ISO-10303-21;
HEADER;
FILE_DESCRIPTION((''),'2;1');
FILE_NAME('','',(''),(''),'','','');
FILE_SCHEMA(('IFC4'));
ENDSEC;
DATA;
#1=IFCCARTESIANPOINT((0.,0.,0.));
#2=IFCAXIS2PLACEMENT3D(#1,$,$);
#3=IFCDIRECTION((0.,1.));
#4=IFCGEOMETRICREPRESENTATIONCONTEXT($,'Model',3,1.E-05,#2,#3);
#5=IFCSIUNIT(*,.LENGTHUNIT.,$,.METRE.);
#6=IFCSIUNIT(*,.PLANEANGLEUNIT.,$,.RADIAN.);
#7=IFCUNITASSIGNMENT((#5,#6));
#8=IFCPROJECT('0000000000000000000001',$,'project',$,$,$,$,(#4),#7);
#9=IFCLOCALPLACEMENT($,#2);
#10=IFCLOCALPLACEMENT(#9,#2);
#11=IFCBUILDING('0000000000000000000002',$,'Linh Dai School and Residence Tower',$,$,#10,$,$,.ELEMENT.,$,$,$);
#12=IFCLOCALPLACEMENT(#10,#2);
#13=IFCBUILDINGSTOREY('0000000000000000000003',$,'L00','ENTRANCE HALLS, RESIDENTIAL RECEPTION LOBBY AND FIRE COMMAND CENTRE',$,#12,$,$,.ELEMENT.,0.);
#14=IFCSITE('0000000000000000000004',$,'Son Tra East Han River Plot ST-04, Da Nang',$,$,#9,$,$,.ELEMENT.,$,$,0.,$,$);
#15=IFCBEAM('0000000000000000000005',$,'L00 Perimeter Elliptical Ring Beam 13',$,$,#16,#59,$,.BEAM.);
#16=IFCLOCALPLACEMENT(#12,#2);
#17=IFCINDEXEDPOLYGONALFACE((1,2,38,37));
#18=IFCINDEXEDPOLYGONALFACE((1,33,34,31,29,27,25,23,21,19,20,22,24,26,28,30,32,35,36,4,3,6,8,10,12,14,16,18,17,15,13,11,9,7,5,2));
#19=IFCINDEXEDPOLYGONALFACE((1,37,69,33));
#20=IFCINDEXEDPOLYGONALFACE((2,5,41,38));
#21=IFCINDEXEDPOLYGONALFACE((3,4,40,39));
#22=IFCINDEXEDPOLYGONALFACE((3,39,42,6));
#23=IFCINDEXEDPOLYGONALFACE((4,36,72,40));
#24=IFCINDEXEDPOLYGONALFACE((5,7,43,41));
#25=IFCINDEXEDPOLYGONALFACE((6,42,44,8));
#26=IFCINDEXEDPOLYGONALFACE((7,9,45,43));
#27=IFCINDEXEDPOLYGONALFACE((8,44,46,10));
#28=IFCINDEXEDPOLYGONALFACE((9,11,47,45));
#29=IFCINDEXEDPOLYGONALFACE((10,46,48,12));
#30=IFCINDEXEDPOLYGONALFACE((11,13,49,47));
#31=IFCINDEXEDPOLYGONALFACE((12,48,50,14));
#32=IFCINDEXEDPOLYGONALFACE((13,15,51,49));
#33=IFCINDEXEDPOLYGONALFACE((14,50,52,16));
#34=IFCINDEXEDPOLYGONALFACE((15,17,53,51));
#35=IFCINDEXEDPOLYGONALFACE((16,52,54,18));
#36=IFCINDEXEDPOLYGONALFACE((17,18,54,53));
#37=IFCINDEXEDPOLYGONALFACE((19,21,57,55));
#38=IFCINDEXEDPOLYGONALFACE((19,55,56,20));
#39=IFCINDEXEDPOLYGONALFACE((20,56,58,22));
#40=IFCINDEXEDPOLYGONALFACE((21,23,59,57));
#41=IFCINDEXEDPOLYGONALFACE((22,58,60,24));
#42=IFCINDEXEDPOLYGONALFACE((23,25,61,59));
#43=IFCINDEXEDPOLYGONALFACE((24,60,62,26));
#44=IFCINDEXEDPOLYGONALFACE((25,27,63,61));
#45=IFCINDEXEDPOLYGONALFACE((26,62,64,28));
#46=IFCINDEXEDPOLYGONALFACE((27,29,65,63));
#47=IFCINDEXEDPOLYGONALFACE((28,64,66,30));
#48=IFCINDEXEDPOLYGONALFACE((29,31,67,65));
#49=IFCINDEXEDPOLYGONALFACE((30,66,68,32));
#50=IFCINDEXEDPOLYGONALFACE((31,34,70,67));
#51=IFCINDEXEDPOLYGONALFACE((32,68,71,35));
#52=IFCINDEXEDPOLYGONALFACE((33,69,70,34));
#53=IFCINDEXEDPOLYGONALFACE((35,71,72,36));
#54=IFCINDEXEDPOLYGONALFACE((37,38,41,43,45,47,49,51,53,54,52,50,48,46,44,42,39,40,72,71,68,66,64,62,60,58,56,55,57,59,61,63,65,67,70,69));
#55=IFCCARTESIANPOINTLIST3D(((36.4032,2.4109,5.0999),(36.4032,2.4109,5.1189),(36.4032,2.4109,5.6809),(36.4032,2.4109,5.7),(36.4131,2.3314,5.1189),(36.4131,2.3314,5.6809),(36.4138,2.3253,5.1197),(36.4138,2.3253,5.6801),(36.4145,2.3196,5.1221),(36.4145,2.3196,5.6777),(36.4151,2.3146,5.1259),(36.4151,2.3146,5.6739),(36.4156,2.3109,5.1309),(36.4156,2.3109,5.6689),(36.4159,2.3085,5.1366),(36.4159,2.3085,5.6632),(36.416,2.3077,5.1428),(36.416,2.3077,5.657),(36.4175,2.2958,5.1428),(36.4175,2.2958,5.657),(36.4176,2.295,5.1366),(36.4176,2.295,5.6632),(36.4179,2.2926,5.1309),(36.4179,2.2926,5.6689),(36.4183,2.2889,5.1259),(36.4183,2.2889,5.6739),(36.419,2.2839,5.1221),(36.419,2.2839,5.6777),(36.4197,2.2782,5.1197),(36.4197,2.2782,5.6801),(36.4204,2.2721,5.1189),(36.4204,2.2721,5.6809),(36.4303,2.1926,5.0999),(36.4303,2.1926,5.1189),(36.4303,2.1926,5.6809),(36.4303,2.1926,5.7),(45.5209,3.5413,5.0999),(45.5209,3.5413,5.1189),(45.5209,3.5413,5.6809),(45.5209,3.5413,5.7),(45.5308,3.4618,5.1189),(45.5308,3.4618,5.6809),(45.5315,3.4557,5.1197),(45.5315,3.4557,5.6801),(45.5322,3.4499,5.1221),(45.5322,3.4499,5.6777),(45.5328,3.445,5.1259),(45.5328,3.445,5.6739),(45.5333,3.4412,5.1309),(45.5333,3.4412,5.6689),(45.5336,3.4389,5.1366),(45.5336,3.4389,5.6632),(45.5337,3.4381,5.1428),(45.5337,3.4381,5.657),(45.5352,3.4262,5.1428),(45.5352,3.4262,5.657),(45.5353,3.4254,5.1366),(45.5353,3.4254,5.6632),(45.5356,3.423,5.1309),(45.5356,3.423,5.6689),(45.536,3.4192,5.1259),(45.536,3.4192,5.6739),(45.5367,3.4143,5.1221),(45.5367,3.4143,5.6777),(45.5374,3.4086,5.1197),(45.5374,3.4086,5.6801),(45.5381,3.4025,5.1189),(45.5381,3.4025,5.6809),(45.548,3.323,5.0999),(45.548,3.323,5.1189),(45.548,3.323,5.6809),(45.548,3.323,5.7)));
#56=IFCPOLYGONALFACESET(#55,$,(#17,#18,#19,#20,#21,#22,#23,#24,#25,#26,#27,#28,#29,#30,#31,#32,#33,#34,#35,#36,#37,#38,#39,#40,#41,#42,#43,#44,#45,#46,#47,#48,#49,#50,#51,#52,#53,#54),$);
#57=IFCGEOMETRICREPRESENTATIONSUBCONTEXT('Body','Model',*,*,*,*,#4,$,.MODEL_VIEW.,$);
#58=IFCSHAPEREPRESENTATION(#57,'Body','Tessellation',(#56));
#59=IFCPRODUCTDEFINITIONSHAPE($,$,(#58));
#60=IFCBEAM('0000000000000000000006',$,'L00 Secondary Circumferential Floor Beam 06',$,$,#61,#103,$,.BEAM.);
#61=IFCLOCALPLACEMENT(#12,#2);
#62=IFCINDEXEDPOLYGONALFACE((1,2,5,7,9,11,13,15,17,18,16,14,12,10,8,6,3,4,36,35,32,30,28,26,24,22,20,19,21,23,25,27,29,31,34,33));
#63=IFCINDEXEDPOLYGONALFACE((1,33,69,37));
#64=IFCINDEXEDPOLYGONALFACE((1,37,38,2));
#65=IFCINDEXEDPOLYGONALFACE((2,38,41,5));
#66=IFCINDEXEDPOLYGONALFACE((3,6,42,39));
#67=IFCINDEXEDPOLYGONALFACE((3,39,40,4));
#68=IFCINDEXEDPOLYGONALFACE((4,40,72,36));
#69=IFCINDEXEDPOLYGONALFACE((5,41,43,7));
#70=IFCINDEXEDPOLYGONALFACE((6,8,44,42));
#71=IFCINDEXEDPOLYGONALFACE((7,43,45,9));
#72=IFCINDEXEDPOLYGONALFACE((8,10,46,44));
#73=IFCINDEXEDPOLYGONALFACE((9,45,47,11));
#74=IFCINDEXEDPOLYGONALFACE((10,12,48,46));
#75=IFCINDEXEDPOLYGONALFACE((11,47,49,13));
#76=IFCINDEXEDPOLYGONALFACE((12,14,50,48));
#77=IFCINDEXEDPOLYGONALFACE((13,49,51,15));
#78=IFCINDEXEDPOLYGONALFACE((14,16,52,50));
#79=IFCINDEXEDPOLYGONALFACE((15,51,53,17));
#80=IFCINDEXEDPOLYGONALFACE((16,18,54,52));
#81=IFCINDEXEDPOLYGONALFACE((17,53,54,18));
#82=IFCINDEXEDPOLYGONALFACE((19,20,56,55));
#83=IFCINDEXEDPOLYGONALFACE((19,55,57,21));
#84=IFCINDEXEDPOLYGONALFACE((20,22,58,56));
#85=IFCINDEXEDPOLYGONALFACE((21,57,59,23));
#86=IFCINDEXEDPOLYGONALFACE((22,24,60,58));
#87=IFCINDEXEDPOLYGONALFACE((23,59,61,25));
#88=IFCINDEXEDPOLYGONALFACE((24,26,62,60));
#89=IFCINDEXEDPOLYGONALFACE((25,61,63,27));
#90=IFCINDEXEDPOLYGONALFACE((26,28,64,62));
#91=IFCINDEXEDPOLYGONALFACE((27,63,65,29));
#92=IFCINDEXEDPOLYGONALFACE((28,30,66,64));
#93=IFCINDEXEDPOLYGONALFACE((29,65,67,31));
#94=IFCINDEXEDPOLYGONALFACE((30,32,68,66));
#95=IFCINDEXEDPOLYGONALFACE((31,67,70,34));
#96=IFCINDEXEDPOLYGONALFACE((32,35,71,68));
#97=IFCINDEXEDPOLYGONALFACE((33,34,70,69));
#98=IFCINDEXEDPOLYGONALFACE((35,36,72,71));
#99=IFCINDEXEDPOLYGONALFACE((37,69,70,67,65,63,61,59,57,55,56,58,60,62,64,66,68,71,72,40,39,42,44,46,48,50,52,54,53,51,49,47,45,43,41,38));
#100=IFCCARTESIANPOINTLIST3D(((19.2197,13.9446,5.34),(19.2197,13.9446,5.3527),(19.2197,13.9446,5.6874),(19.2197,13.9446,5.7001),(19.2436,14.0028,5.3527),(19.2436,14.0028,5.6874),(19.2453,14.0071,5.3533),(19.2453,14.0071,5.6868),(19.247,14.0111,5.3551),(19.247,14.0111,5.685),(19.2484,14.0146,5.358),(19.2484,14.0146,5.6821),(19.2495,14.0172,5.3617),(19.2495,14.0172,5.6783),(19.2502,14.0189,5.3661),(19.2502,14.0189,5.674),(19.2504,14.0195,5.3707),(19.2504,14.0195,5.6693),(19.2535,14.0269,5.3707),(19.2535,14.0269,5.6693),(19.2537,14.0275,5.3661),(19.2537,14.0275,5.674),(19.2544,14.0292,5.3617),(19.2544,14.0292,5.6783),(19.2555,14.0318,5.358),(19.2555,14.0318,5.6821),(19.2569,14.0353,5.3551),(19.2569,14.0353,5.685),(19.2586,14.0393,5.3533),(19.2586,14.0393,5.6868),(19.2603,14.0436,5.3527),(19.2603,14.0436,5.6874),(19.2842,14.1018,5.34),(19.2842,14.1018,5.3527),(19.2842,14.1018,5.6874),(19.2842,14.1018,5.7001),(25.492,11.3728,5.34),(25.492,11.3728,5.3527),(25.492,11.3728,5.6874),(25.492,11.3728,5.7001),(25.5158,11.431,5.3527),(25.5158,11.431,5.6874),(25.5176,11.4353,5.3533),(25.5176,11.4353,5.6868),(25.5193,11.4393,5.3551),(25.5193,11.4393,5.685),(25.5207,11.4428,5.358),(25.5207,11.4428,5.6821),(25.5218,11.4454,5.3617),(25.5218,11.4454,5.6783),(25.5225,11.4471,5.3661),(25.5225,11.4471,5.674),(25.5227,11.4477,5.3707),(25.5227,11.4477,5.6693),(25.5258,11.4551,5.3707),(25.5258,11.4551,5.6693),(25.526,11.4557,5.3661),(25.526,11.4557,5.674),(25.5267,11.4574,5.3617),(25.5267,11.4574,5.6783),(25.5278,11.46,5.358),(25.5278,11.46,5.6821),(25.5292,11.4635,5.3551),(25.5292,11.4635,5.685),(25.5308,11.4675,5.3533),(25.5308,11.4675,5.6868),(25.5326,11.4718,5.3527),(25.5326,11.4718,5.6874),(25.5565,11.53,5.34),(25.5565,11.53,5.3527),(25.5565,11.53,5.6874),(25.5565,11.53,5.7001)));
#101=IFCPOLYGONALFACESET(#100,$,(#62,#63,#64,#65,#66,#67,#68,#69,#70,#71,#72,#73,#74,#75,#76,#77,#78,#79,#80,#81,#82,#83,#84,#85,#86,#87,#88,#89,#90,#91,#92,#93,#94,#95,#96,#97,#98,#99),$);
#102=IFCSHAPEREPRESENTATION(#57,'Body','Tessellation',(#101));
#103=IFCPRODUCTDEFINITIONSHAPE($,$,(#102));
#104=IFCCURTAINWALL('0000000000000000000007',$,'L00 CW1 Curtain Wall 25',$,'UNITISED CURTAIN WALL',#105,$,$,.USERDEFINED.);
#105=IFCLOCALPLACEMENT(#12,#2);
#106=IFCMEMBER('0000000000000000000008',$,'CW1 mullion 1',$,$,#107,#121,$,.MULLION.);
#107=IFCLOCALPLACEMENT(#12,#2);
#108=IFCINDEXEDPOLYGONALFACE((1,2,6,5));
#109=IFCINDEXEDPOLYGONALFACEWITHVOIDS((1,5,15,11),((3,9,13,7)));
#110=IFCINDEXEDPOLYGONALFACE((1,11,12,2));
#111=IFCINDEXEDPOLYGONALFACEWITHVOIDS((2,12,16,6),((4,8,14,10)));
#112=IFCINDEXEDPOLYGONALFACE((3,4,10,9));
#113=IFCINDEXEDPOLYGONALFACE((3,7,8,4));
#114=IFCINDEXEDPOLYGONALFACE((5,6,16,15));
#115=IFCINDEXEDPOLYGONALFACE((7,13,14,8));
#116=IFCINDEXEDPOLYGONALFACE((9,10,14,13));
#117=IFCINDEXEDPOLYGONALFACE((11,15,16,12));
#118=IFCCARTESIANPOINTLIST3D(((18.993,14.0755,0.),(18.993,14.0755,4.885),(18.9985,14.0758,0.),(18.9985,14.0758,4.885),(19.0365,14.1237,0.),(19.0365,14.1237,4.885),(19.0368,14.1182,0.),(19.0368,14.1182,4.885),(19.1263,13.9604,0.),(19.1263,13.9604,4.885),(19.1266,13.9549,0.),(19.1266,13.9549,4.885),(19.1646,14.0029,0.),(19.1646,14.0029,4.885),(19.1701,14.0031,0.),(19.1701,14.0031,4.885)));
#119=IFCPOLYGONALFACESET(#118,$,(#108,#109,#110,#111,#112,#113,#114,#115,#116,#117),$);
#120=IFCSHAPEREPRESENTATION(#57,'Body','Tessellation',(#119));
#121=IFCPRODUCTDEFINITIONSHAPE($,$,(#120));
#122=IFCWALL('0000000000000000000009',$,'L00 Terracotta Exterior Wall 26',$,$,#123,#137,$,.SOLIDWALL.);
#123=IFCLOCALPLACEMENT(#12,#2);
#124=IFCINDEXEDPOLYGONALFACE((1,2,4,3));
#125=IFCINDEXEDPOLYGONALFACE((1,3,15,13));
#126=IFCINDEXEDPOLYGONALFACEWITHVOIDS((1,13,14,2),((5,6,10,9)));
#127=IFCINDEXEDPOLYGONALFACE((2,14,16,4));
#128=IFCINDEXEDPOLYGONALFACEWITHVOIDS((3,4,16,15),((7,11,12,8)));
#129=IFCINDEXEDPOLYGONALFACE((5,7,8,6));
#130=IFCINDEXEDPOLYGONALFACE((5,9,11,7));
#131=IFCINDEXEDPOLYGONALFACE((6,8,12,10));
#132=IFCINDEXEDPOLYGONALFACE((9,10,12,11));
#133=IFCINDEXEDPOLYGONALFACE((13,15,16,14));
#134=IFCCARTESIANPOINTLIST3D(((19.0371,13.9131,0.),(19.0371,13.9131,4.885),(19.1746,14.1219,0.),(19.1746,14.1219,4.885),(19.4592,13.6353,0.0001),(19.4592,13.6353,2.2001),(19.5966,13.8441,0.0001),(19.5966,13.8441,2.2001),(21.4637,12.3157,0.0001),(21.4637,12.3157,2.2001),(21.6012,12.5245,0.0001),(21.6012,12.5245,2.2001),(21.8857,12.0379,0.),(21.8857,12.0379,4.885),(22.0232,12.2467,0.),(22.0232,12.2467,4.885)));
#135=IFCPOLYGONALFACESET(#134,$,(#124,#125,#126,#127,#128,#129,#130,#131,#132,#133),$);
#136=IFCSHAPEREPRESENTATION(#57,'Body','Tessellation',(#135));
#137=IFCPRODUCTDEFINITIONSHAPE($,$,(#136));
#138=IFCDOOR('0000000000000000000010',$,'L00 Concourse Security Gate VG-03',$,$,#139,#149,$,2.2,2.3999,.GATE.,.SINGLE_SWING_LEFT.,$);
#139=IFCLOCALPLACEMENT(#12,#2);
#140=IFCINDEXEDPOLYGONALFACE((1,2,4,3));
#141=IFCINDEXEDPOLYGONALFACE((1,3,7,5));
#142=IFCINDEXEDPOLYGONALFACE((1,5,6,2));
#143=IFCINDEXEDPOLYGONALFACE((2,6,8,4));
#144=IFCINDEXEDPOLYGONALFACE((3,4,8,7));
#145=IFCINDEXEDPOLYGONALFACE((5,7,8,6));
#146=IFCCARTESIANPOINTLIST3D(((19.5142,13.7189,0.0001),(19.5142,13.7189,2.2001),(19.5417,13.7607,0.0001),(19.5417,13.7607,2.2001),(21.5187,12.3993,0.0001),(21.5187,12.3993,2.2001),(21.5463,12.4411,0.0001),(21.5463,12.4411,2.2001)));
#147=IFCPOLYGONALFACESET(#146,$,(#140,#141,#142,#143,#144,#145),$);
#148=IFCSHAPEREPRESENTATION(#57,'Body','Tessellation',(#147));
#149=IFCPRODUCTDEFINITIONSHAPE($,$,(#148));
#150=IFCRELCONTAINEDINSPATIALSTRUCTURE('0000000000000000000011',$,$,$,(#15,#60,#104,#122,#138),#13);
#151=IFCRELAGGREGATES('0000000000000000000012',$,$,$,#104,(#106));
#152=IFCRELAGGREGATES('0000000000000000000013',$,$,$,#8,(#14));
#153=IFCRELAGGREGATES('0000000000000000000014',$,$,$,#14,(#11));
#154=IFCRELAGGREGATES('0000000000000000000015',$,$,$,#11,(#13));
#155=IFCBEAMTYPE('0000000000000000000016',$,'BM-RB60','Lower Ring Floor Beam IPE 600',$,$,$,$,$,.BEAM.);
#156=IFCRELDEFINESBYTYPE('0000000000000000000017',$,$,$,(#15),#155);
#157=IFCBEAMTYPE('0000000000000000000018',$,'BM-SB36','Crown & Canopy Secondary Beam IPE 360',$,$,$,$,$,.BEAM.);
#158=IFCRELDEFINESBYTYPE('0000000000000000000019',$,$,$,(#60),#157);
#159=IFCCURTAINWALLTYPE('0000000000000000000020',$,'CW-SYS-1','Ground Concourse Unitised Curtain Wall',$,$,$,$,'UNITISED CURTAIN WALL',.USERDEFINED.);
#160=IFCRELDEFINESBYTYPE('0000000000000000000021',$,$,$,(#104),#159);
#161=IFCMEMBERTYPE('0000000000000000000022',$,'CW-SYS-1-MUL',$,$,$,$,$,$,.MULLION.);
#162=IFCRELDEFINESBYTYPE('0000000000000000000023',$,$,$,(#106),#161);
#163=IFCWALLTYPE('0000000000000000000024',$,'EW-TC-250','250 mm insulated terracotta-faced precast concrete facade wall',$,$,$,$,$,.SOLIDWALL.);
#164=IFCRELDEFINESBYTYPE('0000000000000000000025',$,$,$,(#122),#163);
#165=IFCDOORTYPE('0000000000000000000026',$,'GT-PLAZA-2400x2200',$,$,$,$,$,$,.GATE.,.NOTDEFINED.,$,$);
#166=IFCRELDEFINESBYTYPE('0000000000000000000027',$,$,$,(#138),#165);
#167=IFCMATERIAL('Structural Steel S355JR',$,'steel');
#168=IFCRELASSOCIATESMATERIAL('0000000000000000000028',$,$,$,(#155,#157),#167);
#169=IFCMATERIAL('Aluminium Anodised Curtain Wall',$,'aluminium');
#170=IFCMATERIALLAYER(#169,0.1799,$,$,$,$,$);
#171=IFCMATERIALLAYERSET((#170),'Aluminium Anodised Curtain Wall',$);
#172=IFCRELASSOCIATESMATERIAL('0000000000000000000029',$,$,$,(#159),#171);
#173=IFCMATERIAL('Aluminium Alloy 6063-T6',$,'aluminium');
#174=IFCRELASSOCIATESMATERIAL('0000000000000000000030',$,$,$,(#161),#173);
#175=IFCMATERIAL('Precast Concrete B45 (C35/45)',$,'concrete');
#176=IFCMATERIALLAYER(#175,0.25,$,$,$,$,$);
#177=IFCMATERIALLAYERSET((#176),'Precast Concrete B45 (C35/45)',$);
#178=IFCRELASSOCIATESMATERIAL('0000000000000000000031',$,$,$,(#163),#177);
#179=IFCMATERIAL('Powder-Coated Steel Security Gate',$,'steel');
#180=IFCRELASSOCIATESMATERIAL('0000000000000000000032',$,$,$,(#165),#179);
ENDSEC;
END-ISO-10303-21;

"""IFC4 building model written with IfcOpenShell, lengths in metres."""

from ifc_helpers import new_model, si_unit, direction, frame, frame_2d, origin, origin_2d, place, context, subcontext, project, spatial, rectangle, hollow_rectangle, i_section, extrude, source, transform, mapped, material, layer, layer_set, material_profile, profile_set, type_object, element, fill, aggregate, save


model = new_model("IFC4")

# Units and contexts
model_context = context("Model", 3, precision=1e-05, world=origin(), true_north=direction((0.0, 1.0)))
body_context = subcontext(model_context, "Body", "Model", "MODEL_VIEW")
ifc_project = project(units=[si_unit("LENGTHUNIT", "METRE"), si_unit("PLANEANGLEUNIT", "RADIAN")], contexts=[model_context])

# Site, building, storey
site_placement = place(None, origin())
site = spatial("IfcSite", under=ifc_project, at=site_placement, Name="Son Tra East Han River Plot ST-04, Da Nang", CompositionType="ELEMENT", RefElevation=0.0)
building_placement = place(site_placement, origin())
building = spatial("IfcBuilding", under=site, at=building_placement, Name="Linh Dai School and Residence Tower", CompositionType="ELEMENT")
storey_placement = place(building_placement, origin())
storey = spatial("IfcBuildingStorey", under=building, at=storey_placement, Name="L00", Description="ENTRANCE HALLS, RESIDENTIAL RECEPTION LOBBY AND FIRE COMMAND CENTRE", CompositionType="ELEMENT", Elevation=0.0)

# Shared definitions
ifc_material_1 = material(Name="Structural Steel S355JR", Category="steel")

# Beams
ifc_material_profile_1 = material_profile(ifc_material_1, i_section(OverallWidth=0.22, OverallDepth=0.6001, WebThickness=0.012, FlangeThickness=0.019, FilletRadius=0.0239, at=origin_2d()), Name="IPE 600")
ifc_profile_set_1 = profile_set([ifc_material_profile_1], Name="Structural Steel S355JR")
beam_type_1 = type_object("IfcBeamType", Name="BM-RB60", Description="Lower Ring Floor Beam IPE 600", PredefinedType="BEAM", material=ifc_profile_set_1)
beam_1_placement = place(storey_placement, frame((36.4167, 2.3018, 5.3999), z_axis=(0.992402, 0.123034, 0.0), x_axis=(-0.123034, 0.992402, 0.0)))
element("IfcBeam", 1, at=beam_1_placement, inside=storey, type_object=beam_type_1, Name="L00 Perimeter Elliptical Ring Beam 13", PredefinedType="BEAM", context=body_context, shape_type="SweptSolid", body=[
    extrude(i_section(OverallWidth=0.22, OverallDepth=0.6001, WebThickness=0.012, FlangeThickness=0.019, FilletRadius=0.0239, at=origin_2d()), origin(), (0.0, 0.0, 1.0), 9.1875),
])
ifc_material_profile_2 = material_profile(ifc_material_1, i_section(OverallWidth=0.1699, OverallDepth=0.3601, WebThickness=0.0081, FlangeThickness=0.0127, FilletRadius=0.0181, at=origin_2d()), Name="IPE 360")
ifc_profile_set_2 = profile_set([ifc_material_profile_2], Name="Structural Steel S355JR")
beam_type_2 = type_object("IfcBeamType", Name="BM-SB36", Description="Crown & Canopy Secondary Beam IPE 360", PredefinedType="BEAM", material=ifc_profile_set_2)
beam_2_placement = place(storey_placement, frame((19.252, 14.0232, 5.52), z_axis=(0.925243, -0.379375, 0.0), x_axis=(0.379375, 0.925243, 0.0)))
element("IfcBeam", 2, at=beam_2_placement, inside=storey, type_object=beam_type_2, Name="L00 Secondary Circumferential Floor Beam 06", PredefinedType="BEAM", context=body_context, shape_type="SweptSolid", body=[
    extrude(i_section(OverallWidth=0.1699, OverallDepth=0.3601, WebThickness=0.0081, FlangeThickness=0.0127, FilletRadius=0.0181, at=origin_2d()), origin(), (0.0, 0.0, 1.0), 6.7791),
])

# Curtain wall, member
ifc_material_2 = material(Name="Aluminium Anodised Curtain Wall", Category="aluminium")
ifc_layer_1 = layer(ifc_material_2, 0.1799)
ifc_layer_set_1 = layer_set([ifc_layer_1], Name="Aluminium Anodised Curtain Wall")
curtain_wall_type = type_object("IfcCurtainWallType", Name="CW-SYS-1", Description="Ground Concourse Unitised Curtain Wall", ElementType="UNITISED CURTAIN WALL", PredefinedType="USERDEFINED", material=ifc_layer_set_1)
curtain_wall_placement = place(storey_placement, origin())
curtain_wall = element("IfcCurtainWall", 3, at=curtain_wall_placement, inside=storey, type_object=curtain_wall_type, Name="L00 CW1 Curtain Wall 25", ObjectType="UNITISED CURTAIN WALL", PredefinedType="USERDEFINED")
ifc_material_3 = material(Name="Aluminium Alloy 6063-T6", Category="aluminium")
ifc_material_profile_3 = material_profile(ifc_material_3, hollow_rectangle(XDim=0.0649, YDim=0.1799, WallThickness=0.0039, at=origin_2d()), Name="RHS 180x65x4")
ifc_profile_set_3 = profile_set([ifc_material_profile_3], Name="Aluminium Alloy 6063-T6")
member_type = type_object("IfcMemberType", Name="CW-SYS-1-MUL", PredefinedType="MULLION", material=ifc_profile_set_3)
shared_shape_1 = source(origin(), body_context, "Body", "SweptSolid", [
    extrude(hollow_rectangle(XDim=0.0649, YDim=0.1799, WallThickness=0.0039, at=origin_2d()), origin(), (0.0, 0.0, 1.0), 4.885),
])
member_placement = place(storey_placement, frame((19.0815, 14.0393, 0.0), z_axis=(0.0, 0.0, 1.0), x_axis=(-0.669995, -0.742366, 0.0)))
member = element("IfcMember", 4, at=member_placement, type_object=member_type, Name="CW1 mullion 1", PredefinedType="MULLION", context=body_context, shape_type="MappedRepresentation", body=[
    mapped(shared_shape_1, transform((0.0, 0.0, 0.0), x_axis=(1.0, 0.0, 0.0), y_axis=(0.0, 1.0, 0.0), z_axis=(0.0, 0.0, 1.0), scale=1.0)),
])
aggregate(curtain_wall, [member])

# Wall, opening, door
ifc_material_4 = material(Name="Precast Concrete B45 (C35/45)", Category="concrete")
ifc_layer_2 = layer(ifc_material_4, 0.25)
ifc_layer_set_2 = layer_set([ifc_layer_2], Name="Precast Concrete B45 (C35/45)")
wall_type_1 = type_object("IfcWallType", Name="EW-TC-250", Description="250 mm insulated terracotta-faced precast concrete facade wall", PredefinedType="SOLIDWALL", material=ifc_layer_set_2)
wall_1_placement = place(storey_placement, frame((21.9543, 12.1423, 0.0), z_axis=(0.0, 0.0, 1.0), x_axis=(-0.835263, 0.549851, 0.0)))
wall_1 = element("IfcWall", 5, at=wall_1_placement, inside=storey, type_object=wall_type_1, Name="L00 Terracotta Exterior Wall 26", PredefinedType="SOLIDWALL", context=body_context, shape_type="SweptSolid", body=[
    extrude(rectangle(XDim=3.4104, YDim=0.25, at=frame_2d((1.7051, 0.0))), origin(), (0.0, 0.0, 1.0), 4.885),
])
opening_1_placement = place(wall_1_placement, frame((0.5051, 0.0, 0.0)))
opening_1 = element("IfcOpeningElement", 6, at=opening_1_placement, cuts=wall_1, PredefinedType="OPENING", context=body_context, shape_type="SweptSolid", body=[
    extrude(rectangle(XDim=2.3999, YDim=2.2, at=origin_2d()), frame((1.2, 0.135, 1.1001), z_axis=(0.0, -1.0, 0.0), x_axis=(1.0, 0.0, 0.0)), (0.0, 0.0, 1.0), 0.27),
])
ifc_material_5 = material(Name="Powder-Coated Steel Security Gate", Category="steel")
door_type_1 = type_object("IfcDoorType", Name="GT-PLAZA-2400x2200", OperationType="NOTDEFINED", PredefinedType="GATE", material=ifc_material_5)
shared_shape_2 = source(origin(), body_context, "Body", "SweptSolid", [
    extrude(rectangle(XDim=2.3999, YDim=2.2, at=origin_2d()), frame((1.2, 0.0249, 1.1001), z_axis=(0.0, -1.0, 0.0), x_axis=(1.0, 0.0, 0.0)), (0.0, 0.0, 1.0), 0.05),
])
door_1_placement = place(opening_1_placement, origin())
door_1 = element("IfcDoor", 7, at=door_1_placement, inside=storey, type_object=door_type_1, Name="L00 Concourse Security Gate VG-03", OperationType="SINGLE_SWING_LEFT", OverallHeight=2.2, OverallWidth=2.3999, PredefinedType="GATE", context=body_context, shape_type="MappedRepresentation", body=[
    mapped(shared_shape_2, transform((0.0, 0.0, 0.0), x_axis=(1.0, 0.0, 0.0), y_axis=(0.0, 1.0, 0.0), z_axis=(0.0, 0.0, 1.0), scale=1.0)),
])
fill(opening_1, door_1)

save(model, "model.ifc")
